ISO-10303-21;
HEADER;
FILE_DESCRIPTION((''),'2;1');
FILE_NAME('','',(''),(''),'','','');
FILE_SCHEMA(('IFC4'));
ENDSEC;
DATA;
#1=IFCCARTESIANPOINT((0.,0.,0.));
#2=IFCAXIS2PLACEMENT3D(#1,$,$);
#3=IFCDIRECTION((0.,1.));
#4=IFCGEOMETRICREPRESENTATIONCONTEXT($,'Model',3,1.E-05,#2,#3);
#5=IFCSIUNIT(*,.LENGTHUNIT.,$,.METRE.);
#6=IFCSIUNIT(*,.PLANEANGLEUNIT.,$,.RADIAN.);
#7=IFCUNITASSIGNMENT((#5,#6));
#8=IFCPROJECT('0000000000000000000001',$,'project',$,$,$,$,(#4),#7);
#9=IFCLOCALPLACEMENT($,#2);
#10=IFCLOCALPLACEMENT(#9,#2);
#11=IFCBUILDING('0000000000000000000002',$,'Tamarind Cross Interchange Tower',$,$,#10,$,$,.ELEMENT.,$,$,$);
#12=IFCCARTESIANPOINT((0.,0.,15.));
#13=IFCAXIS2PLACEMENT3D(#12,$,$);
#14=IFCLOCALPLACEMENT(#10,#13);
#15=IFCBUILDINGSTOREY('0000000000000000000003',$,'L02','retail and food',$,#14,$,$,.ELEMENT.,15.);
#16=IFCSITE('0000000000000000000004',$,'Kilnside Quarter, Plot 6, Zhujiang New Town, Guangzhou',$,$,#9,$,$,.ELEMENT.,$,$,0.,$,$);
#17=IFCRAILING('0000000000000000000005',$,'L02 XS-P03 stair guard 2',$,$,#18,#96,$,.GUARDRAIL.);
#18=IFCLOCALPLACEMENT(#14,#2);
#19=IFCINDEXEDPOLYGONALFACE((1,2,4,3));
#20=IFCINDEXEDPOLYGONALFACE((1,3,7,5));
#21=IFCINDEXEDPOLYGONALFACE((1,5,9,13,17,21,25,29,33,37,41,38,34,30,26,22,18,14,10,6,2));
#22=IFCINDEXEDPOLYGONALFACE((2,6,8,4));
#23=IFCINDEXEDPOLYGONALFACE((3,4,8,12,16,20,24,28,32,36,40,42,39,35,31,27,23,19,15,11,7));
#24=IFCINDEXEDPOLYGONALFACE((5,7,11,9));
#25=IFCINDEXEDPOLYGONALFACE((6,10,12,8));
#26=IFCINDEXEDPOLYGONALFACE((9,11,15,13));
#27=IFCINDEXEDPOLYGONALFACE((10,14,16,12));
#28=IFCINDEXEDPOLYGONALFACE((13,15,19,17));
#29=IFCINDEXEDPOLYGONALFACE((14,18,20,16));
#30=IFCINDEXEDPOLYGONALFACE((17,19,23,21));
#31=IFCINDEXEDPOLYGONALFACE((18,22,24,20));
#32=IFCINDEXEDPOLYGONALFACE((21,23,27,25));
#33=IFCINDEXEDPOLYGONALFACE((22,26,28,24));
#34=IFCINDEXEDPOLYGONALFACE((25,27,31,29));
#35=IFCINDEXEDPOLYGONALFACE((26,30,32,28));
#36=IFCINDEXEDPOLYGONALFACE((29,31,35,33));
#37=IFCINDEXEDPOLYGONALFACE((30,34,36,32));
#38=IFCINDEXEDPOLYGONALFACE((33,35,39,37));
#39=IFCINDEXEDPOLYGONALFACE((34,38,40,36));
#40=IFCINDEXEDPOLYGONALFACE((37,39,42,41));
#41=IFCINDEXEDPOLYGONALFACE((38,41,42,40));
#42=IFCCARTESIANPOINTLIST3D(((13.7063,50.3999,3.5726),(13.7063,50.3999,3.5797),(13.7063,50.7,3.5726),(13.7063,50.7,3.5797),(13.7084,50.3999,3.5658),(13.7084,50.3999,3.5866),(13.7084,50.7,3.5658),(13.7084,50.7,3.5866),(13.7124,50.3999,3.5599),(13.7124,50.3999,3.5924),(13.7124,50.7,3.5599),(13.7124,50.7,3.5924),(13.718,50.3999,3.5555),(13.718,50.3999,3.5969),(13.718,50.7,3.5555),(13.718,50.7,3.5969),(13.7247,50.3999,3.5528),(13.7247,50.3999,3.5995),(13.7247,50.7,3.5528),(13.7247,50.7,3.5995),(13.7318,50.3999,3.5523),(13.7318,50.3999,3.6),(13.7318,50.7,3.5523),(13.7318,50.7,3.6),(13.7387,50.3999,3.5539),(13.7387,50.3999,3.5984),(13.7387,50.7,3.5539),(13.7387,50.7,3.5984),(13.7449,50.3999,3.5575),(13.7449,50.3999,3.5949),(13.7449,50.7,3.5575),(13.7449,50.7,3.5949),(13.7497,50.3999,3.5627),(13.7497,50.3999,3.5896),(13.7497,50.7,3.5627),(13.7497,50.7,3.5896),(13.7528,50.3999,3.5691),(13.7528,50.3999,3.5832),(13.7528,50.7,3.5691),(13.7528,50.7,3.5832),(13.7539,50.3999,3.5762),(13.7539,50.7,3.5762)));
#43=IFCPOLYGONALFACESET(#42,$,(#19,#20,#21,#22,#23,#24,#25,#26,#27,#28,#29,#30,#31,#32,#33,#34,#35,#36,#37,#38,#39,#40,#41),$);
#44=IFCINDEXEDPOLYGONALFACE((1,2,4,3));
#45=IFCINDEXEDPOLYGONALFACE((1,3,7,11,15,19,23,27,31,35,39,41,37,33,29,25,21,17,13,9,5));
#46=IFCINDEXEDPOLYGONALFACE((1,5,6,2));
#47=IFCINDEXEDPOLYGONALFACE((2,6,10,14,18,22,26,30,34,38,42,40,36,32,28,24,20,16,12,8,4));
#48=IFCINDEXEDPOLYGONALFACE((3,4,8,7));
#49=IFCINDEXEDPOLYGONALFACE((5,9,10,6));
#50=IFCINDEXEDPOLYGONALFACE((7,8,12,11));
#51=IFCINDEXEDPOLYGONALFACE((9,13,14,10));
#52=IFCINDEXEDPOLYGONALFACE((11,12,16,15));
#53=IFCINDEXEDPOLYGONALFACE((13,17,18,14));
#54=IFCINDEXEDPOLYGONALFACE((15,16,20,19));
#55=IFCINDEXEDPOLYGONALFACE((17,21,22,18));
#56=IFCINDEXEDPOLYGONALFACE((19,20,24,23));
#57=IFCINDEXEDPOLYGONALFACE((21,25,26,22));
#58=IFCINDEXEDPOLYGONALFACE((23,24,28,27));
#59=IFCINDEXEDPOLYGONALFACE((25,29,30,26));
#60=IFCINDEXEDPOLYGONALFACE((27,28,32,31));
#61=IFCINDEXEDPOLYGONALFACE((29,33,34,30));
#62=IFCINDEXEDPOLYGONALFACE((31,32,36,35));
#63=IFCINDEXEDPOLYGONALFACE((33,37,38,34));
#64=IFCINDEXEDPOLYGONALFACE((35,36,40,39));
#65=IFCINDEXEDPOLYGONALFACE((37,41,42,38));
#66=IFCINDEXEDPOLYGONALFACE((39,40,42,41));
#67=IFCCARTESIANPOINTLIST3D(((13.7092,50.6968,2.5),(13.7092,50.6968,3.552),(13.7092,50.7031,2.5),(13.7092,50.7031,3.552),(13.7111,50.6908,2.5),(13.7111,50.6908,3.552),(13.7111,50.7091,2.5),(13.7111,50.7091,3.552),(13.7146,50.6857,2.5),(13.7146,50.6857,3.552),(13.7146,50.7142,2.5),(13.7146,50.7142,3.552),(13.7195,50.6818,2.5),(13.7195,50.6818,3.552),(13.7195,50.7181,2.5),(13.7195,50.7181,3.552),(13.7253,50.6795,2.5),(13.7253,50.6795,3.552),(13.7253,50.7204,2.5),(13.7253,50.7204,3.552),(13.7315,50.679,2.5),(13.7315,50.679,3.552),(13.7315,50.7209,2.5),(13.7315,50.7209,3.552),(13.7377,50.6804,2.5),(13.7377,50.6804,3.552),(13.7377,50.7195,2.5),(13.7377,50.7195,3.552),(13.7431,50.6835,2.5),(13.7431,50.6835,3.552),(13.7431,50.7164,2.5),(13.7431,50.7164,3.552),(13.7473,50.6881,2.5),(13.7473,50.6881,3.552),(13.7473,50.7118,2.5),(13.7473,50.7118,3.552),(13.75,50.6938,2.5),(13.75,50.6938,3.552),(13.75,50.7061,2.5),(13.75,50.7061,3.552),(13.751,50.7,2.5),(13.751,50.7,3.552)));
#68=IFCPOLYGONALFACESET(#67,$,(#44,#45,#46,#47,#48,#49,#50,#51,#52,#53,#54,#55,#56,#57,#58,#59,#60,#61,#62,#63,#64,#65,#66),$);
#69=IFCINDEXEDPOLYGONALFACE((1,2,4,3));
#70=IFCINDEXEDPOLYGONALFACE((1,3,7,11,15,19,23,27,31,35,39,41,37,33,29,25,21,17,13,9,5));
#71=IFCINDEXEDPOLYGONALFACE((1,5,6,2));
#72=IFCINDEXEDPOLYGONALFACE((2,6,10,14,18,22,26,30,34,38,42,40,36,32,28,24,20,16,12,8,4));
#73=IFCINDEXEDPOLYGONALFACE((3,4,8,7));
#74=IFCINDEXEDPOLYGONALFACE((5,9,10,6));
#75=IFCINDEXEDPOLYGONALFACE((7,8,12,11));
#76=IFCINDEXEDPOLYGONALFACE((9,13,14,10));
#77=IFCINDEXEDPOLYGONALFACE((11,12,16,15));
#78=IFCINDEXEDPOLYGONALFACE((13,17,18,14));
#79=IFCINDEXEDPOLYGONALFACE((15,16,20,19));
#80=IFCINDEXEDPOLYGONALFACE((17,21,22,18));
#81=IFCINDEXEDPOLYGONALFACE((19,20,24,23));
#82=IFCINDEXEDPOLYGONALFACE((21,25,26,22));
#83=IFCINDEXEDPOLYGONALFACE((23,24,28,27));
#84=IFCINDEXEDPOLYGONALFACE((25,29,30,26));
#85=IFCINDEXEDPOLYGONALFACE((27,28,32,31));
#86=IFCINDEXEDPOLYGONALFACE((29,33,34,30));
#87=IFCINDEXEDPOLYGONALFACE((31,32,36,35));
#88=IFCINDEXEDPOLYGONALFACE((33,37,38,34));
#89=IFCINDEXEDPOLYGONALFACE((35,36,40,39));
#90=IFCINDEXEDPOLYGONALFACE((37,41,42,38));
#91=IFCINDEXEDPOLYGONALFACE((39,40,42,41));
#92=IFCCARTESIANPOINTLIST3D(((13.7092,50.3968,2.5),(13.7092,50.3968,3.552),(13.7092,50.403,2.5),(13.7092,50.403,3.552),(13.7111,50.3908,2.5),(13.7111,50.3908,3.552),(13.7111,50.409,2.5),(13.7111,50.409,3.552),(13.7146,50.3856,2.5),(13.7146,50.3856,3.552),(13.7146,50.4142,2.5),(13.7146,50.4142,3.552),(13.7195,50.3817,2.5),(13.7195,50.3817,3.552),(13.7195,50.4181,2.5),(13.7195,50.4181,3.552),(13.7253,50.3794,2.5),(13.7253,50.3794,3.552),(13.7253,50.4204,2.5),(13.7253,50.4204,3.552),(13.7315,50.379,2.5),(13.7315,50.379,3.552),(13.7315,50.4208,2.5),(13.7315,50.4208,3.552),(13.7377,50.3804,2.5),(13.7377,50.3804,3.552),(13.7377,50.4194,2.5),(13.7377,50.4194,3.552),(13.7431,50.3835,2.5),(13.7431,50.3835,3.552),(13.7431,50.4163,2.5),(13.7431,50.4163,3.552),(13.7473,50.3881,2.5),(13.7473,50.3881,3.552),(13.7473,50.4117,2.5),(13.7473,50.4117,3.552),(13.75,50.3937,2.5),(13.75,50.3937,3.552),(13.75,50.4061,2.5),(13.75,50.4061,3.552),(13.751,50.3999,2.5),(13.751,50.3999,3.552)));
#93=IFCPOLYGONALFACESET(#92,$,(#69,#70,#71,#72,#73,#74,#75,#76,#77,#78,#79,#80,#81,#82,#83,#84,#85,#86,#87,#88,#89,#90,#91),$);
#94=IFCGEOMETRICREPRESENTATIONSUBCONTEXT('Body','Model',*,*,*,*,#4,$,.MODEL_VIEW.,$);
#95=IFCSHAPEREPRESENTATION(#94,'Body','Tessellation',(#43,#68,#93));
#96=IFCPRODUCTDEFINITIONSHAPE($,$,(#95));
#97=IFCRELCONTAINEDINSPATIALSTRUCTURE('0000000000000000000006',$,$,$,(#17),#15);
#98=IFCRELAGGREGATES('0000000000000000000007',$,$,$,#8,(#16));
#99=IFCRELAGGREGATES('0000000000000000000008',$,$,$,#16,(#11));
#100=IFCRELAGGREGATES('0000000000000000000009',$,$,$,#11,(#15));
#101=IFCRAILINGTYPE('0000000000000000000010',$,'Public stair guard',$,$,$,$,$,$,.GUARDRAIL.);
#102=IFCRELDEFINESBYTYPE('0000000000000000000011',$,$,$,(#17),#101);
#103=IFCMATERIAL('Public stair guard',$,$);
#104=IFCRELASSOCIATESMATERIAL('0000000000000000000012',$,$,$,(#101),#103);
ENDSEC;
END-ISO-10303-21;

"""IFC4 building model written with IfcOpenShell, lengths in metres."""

from ifc_helpers import new_model, si_unit, direction, frame, origin, origin_2d, place, context, subcontext, project, spatial, circle, extrude, material, type_object, element, save


model = new_model("IFC4")

# Units and contexts
model_context = context("Model", 3, precision=1e-05, world=origin(), true_north=direction((0.0, 1.0)))
body_context = subcontext(model_context, "Body", "Model", "MODEL_VIEW")
ifc_project = project(units=[si_unit("LENGTHUNIT", "METRE"), si_unit("PLANEANGLEUNIT", "RADIAN")], contexts=[model_context])

# Site, building, storey
site_placement = place(None, origin())
site = spatial("IfcSite", under=ifc_project, at=site_placement, Name="Kilnside Quarter, Plot 6, Zhujiang New Town, Guangzhou", CompositionType="ELEMENT", RefElevation=0.0)
building_placement = place(site_placement, origin())
building = spatial("IfcBuilding", under=site, at=building_placement, Name="Tamarind Cross Interchange Tower", CompositionType="ELEMENT")
storey_placement = place(building_placement, frame((0.0, 0.0, 15.0)))
storey = spatial("IfcBuildingStorey", under=building, at=storey_placement, Name="L02", Description="retail and food", CompositionType="ELEMENT", Elevation=15.0)

# Railing
ifc_material_1 = material(Name="Public stair guard")
railing_type_1 = type_object("IfcRailingType", Name="Public stair guard", PredefinedType="GUARDRAIL", material=ifc_material_1)
railing_1_placement = place(storey_placement, frame((13.73, 50.7, 2.5)))
element("IfcRailing", 1, at=railing_1_placement, inside=storey, type_object=railing_type_1, Name="L02 XS-P03 stair guard 2", PredefinedType="GUARDRAIL", context=body_context, shape_type="SweptSolid", body=[
    extrude(circle(Radius=0.0239, at=origin_2d()), frame((0.0, 0.0, 1.0762), z_axis=(0.0, -1.0, 0.0), x_axis=(1.0, 0.0, 0.0)), (0.0, 0.0, 1.0), 0.3),
    extrude(circle(Radius=0.021, at=origin_2d()), origin(), (0.0, 0.0, 1.0), 1.052),
    extrude(circle(Radius=0.021, at=origin_2d()), frame((0.0, -0.3, 0.0)), (0.0, 0.0, 1.0), 1.052),
])

save(model, "model.ifc")
